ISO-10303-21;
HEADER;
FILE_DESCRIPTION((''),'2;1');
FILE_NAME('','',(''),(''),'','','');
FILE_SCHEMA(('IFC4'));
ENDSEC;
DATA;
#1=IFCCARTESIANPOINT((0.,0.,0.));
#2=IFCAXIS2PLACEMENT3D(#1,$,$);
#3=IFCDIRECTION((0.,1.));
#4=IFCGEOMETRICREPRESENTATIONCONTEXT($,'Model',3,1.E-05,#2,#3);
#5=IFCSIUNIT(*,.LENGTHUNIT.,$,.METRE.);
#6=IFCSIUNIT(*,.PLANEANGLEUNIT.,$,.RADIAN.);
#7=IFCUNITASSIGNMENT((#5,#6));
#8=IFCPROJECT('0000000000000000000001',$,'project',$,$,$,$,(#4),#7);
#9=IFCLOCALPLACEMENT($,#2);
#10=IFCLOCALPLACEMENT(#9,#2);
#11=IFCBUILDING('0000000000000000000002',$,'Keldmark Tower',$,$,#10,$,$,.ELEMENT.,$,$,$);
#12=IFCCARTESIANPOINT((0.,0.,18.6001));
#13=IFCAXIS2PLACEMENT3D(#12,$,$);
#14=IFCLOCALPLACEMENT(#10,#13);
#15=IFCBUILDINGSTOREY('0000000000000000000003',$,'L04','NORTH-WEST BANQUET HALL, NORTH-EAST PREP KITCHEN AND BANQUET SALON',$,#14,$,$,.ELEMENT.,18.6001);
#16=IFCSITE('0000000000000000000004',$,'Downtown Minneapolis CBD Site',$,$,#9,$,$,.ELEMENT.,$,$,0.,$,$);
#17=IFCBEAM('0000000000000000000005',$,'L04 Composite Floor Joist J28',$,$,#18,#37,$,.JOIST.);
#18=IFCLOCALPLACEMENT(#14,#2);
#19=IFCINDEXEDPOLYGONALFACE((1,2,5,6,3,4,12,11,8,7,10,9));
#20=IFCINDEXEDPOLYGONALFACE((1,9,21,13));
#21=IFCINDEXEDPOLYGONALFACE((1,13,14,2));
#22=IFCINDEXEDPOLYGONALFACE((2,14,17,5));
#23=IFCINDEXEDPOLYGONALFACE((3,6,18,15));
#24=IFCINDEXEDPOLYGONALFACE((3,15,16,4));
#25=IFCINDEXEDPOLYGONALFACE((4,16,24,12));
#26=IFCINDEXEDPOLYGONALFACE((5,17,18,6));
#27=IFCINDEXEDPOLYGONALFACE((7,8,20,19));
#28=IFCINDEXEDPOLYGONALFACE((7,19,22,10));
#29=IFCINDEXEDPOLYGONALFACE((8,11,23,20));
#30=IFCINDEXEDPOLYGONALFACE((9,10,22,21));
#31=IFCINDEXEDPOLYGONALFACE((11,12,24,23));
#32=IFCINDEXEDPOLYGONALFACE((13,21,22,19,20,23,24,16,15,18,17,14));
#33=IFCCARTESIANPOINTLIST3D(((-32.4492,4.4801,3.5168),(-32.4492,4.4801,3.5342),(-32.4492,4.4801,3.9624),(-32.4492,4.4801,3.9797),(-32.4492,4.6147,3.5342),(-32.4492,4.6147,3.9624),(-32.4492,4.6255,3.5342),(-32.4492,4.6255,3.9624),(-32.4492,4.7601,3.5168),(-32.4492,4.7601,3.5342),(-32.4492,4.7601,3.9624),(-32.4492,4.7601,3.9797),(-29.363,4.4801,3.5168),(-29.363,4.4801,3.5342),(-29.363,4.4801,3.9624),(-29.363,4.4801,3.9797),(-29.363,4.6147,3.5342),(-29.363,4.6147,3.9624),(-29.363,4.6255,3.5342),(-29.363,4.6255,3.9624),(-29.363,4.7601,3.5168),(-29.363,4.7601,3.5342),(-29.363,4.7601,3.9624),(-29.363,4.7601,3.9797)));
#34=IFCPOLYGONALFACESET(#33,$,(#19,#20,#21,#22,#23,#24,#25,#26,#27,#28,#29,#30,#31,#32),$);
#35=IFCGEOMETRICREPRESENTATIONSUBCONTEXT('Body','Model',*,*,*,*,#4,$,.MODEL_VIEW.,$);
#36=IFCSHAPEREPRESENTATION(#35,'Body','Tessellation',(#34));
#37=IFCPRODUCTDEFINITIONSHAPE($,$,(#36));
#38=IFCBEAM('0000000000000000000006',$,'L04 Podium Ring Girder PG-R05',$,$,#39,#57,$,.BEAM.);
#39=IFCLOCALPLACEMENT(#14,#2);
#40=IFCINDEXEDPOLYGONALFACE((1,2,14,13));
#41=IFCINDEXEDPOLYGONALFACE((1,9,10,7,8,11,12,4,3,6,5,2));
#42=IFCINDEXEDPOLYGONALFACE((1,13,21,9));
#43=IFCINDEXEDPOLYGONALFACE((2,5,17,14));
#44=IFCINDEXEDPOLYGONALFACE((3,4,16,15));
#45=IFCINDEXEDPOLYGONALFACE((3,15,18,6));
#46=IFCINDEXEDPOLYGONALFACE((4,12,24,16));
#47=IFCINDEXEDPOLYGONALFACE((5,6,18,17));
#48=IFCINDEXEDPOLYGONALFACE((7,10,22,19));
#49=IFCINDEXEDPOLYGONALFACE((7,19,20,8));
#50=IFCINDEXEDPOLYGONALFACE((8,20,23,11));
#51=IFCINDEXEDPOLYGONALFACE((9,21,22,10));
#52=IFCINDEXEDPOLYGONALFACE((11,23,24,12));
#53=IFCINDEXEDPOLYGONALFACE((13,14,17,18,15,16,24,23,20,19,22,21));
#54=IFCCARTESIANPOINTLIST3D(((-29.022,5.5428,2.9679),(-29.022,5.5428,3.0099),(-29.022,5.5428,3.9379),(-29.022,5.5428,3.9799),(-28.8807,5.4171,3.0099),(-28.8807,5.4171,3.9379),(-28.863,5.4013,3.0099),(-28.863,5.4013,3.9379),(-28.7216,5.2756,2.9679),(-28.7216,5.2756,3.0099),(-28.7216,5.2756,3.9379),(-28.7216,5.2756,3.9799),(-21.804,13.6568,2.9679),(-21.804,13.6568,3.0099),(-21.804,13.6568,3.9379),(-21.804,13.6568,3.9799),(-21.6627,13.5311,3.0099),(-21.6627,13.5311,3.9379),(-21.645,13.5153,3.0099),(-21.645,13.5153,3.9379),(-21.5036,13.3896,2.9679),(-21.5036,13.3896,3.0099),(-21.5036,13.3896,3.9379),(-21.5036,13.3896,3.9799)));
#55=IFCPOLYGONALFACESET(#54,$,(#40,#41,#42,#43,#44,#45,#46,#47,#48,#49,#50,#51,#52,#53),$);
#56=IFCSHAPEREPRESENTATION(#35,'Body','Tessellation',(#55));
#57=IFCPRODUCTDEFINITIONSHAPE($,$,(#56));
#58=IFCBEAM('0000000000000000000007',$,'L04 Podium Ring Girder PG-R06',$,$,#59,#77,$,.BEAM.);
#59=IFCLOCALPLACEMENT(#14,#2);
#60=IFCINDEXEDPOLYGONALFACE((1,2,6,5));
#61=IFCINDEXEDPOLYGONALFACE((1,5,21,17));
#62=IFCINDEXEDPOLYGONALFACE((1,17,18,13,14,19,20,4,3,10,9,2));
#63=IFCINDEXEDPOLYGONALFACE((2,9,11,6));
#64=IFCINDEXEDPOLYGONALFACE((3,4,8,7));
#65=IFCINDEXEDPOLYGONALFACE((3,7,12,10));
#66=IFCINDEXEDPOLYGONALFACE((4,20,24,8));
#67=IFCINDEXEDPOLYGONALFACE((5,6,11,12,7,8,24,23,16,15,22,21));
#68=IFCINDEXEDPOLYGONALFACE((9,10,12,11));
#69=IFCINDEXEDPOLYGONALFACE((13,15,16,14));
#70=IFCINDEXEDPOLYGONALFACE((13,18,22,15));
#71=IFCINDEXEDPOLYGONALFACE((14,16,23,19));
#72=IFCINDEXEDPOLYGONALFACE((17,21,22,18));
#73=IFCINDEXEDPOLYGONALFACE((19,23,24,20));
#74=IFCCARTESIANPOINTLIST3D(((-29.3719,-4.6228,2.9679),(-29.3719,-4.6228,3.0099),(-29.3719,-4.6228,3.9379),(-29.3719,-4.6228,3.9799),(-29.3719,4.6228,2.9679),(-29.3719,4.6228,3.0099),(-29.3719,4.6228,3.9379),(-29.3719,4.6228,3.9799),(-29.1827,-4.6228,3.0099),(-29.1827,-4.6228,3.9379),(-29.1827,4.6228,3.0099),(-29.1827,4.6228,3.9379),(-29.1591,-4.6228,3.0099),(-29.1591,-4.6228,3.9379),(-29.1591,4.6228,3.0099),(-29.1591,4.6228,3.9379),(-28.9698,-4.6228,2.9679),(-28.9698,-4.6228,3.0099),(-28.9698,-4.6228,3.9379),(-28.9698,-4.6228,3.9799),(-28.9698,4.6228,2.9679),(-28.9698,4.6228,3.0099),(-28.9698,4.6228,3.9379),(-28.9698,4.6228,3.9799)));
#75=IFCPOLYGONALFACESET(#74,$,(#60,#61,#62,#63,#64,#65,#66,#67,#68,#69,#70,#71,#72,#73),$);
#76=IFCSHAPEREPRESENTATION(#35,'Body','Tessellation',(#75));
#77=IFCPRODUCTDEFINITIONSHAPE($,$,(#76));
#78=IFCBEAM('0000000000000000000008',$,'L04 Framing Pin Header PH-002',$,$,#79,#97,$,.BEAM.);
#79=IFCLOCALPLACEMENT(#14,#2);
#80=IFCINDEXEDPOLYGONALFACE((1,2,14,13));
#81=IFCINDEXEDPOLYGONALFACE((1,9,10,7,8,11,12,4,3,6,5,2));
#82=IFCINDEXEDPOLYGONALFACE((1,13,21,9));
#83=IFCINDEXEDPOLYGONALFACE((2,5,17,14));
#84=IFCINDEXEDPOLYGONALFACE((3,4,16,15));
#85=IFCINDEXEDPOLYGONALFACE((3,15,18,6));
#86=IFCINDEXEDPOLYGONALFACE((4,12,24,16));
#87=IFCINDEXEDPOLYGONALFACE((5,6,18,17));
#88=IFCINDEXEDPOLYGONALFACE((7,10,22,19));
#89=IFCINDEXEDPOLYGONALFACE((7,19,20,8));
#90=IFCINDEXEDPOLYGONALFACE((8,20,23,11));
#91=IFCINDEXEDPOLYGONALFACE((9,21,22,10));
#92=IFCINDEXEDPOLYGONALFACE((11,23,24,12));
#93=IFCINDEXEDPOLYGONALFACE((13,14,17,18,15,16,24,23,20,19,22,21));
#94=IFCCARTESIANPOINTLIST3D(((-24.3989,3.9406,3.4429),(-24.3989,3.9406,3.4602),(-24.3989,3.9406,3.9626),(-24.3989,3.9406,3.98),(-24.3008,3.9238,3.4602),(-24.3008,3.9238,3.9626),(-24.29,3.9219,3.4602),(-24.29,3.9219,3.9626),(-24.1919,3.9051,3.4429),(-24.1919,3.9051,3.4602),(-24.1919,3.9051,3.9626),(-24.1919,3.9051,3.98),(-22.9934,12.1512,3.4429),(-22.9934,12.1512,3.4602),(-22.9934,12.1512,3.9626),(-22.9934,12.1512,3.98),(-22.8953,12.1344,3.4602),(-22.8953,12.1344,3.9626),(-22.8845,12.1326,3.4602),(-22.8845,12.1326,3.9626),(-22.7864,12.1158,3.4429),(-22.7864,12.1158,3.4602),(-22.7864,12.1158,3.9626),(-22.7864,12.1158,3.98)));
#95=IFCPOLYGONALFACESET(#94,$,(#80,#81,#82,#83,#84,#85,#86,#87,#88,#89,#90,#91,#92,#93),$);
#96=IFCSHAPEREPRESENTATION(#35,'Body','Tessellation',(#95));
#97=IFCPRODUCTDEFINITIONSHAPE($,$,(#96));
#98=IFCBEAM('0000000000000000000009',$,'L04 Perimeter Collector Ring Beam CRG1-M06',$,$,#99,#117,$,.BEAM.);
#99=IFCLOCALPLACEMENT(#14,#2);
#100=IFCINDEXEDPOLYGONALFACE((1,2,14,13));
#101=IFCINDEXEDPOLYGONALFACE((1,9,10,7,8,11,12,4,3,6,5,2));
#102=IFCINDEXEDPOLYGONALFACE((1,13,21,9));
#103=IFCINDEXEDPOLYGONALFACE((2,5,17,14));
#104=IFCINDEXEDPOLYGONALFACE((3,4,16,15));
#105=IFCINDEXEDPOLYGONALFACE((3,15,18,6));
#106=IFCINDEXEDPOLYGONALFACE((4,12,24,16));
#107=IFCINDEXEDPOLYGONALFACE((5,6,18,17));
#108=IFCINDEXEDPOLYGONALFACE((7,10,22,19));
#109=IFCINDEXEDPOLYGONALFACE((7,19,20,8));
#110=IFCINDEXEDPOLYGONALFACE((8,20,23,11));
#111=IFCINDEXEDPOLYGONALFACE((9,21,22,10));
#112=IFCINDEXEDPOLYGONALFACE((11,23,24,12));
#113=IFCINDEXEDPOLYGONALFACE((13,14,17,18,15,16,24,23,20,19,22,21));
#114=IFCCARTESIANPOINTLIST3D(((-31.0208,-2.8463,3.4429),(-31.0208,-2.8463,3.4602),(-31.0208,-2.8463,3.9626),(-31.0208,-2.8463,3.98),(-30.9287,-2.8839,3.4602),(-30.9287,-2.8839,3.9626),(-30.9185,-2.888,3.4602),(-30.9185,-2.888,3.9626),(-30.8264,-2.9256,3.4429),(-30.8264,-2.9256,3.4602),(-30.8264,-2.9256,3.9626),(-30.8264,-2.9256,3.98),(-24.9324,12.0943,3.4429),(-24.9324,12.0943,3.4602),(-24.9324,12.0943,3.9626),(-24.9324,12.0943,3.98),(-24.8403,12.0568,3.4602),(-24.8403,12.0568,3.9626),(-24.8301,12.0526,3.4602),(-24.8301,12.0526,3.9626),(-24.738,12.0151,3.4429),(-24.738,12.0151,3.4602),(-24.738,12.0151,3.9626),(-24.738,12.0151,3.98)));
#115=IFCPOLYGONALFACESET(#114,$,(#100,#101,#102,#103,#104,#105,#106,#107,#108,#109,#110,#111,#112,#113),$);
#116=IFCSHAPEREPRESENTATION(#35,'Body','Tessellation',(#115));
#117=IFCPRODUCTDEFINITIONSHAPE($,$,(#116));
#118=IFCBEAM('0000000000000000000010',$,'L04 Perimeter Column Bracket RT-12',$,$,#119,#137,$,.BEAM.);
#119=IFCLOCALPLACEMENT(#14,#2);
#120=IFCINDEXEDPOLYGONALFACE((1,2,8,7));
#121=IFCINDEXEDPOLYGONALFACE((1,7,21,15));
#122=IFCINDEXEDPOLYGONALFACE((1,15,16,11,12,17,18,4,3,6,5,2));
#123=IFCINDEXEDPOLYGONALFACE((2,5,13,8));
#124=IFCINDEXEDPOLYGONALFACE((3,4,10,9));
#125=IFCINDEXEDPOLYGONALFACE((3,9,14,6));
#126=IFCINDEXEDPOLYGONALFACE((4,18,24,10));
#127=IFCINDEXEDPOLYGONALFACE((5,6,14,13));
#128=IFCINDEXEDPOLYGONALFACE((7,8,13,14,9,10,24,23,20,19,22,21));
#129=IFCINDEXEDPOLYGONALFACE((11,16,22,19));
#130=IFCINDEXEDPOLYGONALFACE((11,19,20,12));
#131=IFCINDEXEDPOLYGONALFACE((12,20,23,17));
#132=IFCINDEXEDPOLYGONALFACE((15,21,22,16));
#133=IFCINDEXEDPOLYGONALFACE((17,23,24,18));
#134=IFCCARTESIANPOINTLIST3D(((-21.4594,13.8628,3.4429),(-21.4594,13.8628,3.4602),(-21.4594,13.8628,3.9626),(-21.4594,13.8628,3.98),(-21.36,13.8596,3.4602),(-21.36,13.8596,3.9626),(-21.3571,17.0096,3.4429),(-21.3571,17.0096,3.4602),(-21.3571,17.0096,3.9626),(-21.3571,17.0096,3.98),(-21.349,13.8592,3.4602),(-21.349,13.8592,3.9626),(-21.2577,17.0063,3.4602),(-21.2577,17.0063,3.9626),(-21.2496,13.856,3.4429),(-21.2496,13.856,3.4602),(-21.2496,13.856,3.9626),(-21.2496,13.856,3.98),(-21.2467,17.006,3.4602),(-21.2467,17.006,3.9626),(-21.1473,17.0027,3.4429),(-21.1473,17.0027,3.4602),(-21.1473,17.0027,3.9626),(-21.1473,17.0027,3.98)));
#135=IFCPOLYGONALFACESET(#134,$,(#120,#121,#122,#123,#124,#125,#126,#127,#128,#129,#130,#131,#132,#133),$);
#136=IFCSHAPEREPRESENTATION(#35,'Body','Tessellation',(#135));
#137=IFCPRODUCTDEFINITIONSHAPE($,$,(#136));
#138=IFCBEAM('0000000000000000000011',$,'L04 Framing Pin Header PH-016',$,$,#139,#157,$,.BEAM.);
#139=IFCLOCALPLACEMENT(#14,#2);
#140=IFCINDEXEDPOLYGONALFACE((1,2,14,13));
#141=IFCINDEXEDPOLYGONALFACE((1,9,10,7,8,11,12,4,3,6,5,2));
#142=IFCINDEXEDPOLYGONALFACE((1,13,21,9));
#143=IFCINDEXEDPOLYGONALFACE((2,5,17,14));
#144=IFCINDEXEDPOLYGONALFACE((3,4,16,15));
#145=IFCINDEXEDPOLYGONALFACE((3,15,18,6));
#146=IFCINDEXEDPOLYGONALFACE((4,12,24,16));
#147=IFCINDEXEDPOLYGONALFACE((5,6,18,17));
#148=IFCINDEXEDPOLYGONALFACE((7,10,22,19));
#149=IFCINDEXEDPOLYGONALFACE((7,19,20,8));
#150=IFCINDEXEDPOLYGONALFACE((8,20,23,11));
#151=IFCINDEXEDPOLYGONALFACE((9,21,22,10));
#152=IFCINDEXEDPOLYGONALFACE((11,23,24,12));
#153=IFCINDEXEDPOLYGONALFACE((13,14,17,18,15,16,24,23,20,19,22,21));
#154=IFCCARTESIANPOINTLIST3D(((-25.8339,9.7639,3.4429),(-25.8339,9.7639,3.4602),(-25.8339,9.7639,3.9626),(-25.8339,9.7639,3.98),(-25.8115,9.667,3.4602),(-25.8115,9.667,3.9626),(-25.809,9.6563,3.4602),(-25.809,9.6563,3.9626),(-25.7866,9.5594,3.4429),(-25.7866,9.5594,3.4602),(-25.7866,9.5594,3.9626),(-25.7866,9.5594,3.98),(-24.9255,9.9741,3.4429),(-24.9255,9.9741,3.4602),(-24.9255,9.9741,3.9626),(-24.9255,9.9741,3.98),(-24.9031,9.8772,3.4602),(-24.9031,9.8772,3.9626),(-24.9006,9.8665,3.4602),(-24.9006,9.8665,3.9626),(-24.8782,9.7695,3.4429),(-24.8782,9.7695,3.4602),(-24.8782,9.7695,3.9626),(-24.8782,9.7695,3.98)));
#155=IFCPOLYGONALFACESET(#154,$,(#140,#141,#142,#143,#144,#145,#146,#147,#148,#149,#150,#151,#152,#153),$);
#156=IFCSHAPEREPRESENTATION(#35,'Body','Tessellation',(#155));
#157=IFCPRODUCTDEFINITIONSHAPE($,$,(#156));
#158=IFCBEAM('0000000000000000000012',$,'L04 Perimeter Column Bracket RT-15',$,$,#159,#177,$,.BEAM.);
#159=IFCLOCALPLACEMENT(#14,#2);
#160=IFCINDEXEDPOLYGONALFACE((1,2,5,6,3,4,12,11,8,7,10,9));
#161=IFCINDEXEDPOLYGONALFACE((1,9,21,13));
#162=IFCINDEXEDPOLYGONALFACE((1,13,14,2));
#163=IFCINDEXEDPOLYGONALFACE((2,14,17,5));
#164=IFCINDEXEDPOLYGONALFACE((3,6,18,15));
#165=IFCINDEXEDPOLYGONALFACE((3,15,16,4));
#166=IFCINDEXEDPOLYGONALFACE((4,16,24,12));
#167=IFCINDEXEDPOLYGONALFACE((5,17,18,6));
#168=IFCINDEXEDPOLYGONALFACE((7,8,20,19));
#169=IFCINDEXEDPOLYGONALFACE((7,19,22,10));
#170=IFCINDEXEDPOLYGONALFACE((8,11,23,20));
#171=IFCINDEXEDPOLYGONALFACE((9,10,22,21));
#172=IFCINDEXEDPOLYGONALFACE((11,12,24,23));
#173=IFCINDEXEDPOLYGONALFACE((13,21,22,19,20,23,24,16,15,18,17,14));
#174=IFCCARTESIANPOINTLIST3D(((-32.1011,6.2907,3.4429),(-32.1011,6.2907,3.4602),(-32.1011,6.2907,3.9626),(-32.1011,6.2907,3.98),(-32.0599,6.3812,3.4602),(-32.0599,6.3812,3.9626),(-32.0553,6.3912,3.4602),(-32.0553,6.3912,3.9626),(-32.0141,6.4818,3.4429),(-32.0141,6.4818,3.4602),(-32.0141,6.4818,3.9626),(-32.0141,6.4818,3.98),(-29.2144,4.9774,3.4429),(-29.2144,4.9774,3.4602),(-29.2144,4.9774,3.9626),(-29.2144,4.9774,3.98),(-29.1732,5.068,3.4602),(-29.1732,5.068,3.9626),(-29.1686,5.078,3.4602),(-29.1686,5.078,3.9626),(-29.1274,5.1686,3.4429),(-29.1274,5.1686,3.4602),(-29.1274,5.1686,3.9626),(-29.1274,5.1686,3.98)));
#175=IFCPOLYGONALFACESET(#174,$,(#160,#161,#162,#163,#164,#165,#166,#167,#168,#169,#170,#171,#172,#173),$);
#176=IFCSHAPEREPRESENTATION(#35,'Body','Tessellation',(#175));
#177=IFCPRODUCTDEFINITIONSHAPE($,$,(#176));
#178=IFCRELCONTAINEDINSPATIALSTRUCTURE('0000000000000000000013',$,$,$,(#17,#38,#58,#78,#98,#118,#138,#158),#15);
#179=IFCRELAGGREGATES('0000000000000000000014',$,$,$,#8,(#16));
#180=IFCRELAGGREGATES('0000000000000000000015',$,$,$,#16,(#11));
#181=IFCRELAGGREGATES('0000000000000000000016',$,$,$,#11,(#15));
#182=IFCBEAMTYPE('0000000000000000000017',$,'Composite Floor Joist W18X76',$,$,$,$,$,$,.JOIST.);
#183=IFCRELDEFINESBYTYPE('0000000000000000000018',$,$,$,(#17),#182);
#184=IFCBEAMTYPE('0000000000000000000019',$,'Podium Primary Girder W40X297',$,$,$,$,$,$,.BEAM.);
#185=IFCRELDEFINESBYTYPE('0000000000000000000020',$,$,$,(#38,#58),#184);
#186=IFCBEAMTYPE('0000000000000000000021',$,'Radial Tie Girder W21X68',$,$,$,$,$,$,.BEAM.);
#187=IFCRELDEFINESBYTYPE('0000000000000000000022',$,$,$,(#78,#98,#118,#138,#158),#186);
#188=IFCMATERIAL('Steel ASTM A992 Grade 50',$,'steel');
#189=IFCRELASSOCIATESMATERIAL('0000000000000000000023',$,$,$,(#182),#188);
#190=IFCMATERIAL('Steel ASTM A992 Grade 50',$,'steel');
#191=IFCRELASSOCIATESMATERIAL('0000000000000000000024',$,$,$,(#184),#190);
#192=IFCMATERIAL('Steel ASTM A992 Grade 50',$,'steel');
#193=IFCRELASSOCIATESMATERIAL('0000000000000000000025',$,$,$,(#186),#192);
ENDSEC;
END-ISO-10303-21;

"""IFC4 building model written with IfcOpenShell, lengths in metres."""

from ifc_helpers import new_model, si_unit, direction, frame, origin, origin_2d, place, context, subcontext, project, spatial, i_section, extrude, material, material_profile, profile_set, type_object, element, save


model = new_model("IFC4")

# Units and contexts
model_context = context("Model", 3, precision=1e-05, world=origin(), true_north=direction((0.0, 1.0)))
body_context = subcontext(model_context, "Body", "Model", "MODEL_VIEW")
ifc_project = project(units=[si_unit("LENGTHUNIT", "METRE"), si_unit("PLANEANGLEUNIT", "RADIAN")], contexts=[model_context])

# Site, building, storey
site_placement = place(None, origin())
site = spatial("IfcSite", under=ifc_project, at=site_placement, Name="Downtown Minneapolis CBD Site", CompositionType="ELEMENT", RefElevation=0.0)
building_placement = place(site_placement, origin())
building = spatial("IfcBuilding", under=site, at=building_placement, Name="Keldmark Tower", CompositionType="ELEMENT")
storey_placement = place(building_placement, frame((0.0, 0.0, 18.6001)))
storey = spatial("IfcBuildingStorey", under=building, at=storey_placement, Name="L04", Description="NORTH-WEST BANQUET HALL, NORTH-EAST PREP KITCHEN AND BANQUET SALON", CompositionType="ELEMENT", Elevation=18.6001)

# Beams
ifc_material_1 = material(Name="Steel ASTM A992 Grade 50", Category="steel")
ifc_material_profile_1 = material_profile(ifc_material_1, i_section(OverallWidth=0.28, OverallDepth=0.4629, WebThickness=0.0107, FlangeThickness=0.0173, at=origin_2d()), Name="W18X76")
ifc_profile_set_1 = profile_set([ifc_material_profile_1], Name="Steel ASTM A992 Grade 50")
beam_type_1 = type_object("IfcBeamType", Name="Composite Floor Joist W18X76", PredefinedType="JOIST", material=ifc_profile_set_1)
beam_1_placement = place(storey_placement, frame((-32.4492, 4.6201, 3.7483), z_axis=(1.0, 0.0, 0.0), x_axis=(0.0, 1.0, 0.0)))
element("IfcBeam", 1, at=beam_1_placement, inside=storey, type_object=beam_type_1, Name="L04 Composite Floor Joist J28", PredefinedType="JOIST", context=body_context, shape_type="SweptSolid", body=[
    extrude(i_section(OverallWidth=0.28, OverallDepth=0.4629, WebThickness=0.0107, FlangeThickness=0.0173, at=origin_2d()), origin(), (0.0, 0.0, 1.0), 3.0862),
])
ifc_material_2 = material(Name="Steel ASTM A992 Grade 50", Category="steel")
ifc_material_profile_2 = material_profile(ifc_material_2, i_section(OverallWidth=0.4021, OverallDepth=1.012, WebThickness=0.0237, FlangeThickness=0.042, at=origin_2d()), Name="W40X297")
ifc_profile_set_2 = profile_set([ifc_material_profile_2], Name="Steel ASTM A992 Grade 50")
beam_type_2 = type_object("IfcBeamType", Name="Podium Primary Girder W40X297", PredefinedType="BEAM", material=ifc_profile_set_2)
beam_2_placement = place(storey_placement, frame((-21.6538, 13.5232, 3.4739), z_axis=(-0.66465, -0.747155, 0.0), x_axis=(0.747155, -0.66465, 0.0)))
element("IfcBeam", 2, at=beam_2_placement, inside=storey, type_object=beam_type_2, Name="L04 Podium Ring Girder PG-R05", PredefinedType="BEAM", context=body_context, shape_type="SweptSolid", body=[
    extrude(i_section(OverallWidth=0.4021, OverallDepth=1.012, WebThickness=0.0237, FlangeThickness=0.042, at=origin_2d()), origin(), (0.0, 0.0, 1.0), 10.8599),
])
beam_3_placement = place(storey_placement, frame((-29.1709, 4.6228, 3.4739), z_axis=(0.0, -1.0, 0.0), x_axis=(1.0, 0.0, 0.0)))
element("IfcBeam", 3, at=beam_3_placement, inside=storey, type_object=beam_type_2, Name="L04 Podium Ring Girder PG-R06", PredefinedType="BEAM", context=body_context, shape_type="SweptSolid", body=[
    extrude(i_section(OverallWidth=0.4021, OverallDepth=1.012, WebThickness=0.0237, FlangeThickness=0.042, at=origin_2d()), origin(), (0.0, 0.0, 1.0), 9.2456),
])
ifc_material_3 = material(Name="Steel ASTM A992 Grade 50", Category="steel")
ifc_material_profile_3 = material_profile(ifc_material_3, i_section(OverallWidth=0.21, OverallDepth=0.5371, WebThickness=0.011, FlangeThickness=0.0173, at=origin_2d()), Name="W21X68")
ifc_profile_set_3 = profile_set([ifc_material_profile_3], Name="Steel ASTM A992 Grade 50")
beam_type_3 = type_object("IfcBeamType", Name="Radial Tie Girder W21X68", PredefinedType="BEAM", material=ifc_profile_set_3)
beam_4_placement = place(storey_placement, frame((-24.2954, 3.9229, 3.7114), z_axis=(0.168727, 0.985663, 0.0), x_axis=(-0.985663, 0.168727, 0.0)))
element("IfcBeam", 4, at=beam_4_placement, inside=storey, type_object=beam_type_3, Name="L04 Framing Pin Header PH-002", PredefinedType="BEAM", context=body_context, shape_type="SweptSolid", body=[
    extrude(i_section(OverallWidth=0.21, OverallDepth=0.5371, WebThickness=0.011, FlangeThickness=0.0173, at=origin_2d()), origin(), (0.0, 0.0, 1.0), 8.3301),
])
beam_5_placement = place(storey_placement, frame((-24.8352, 12.0547, 3.7114), z_axis=(-0.377373, -0.926061, 0.0), x_axis=(0.926061, -0.377373, 0.0)))
element("IfcBeam", 5, at=beam_5_placement, inside=storey, type_object=beam_type_3, Name="L04 Perimeter Collector Ring Beam CRG1-M06", PredefinedType="BEAM", context=body_context, shape_type="SweptSolid", body=[
    extrude(i_section(OverallWidth=0.21, OverallDepth=0.5371, WebThickness=0.011, FlangeThickness=0.0173, at=origin_2d()), origin(), (0.0, 0.0, 1.0), 16.1335),
])
beam_6_placement = place(storey_placement, frame((-21.3545, 13.8594, 3.7114), z_axis=(0.032491, 0.999472, 0.0), x_axis=(-0.999472, 0.032491, 0.0)))
element("IfcBeam", 6, at=beam_6_placement, inside=storey, type_object=beam_type_3, Name="L04 Perimeter Column Bracket RT-12", PredefinedType="BEAM", context=body_context, shape_type="SweptSolid", body=[
    extrude(i_section(OverallWidth=0.21, OverallDepth=0.5371, WebThickness=0.011, FlangeThickness=0.0173, at=origin_2d()), origin(), (0.0, 0.0, 1.0), 3.1484),
])
beam_7_placement = place(storey_placement, frame((-24.9019, 9.8718, 3.7114), z_axis=(-0.974259, -0.225433, 0.0), x_axis=(0.225433, -0.974259, 0.0)))
element("IfcBeam", 7, at=beam_7_placement, inside=storey, type_object=beam_type_3, Name="L04 Framing Pin Header PH-016", PredefinedType="BEAM", context=body_context, shape_type="SweptSolid", body=[
    extrude(i_section(OverallWidth=0.21, OverallDepth=0.5371, WebThickness=0.011, FlangeThickness=0.0173, at=origin_2d()), origin(), (0.0, 0.0, 1.0), 0.9324),
])
beam_8_placement = place(storey_placement, frame((-29.1709, 5.073, 3.7114), z_axis=(-0.910237, 0.414087, 0.0), x_axis=(-0.414087, -0.910237, 0.0)))
element("IfcBeam", 8, at=beam_8_placement, inside=storey, type_object=beam_type_3, Name="L04 Perimeter Column Bracket RT-15", PredefinedType="BEAM", context=body_context, shape_type="SweptSolid", body=[
    extrude(i_section(OverallWidth=0.21, OverallDepth=0.5371, WebThickness=0.011, FlangeThickness=0.0173, at=origin_2d()), origin(), (0.0, 0.0, 1.0), 3.1714),
])

save(model, "model.ifc")
